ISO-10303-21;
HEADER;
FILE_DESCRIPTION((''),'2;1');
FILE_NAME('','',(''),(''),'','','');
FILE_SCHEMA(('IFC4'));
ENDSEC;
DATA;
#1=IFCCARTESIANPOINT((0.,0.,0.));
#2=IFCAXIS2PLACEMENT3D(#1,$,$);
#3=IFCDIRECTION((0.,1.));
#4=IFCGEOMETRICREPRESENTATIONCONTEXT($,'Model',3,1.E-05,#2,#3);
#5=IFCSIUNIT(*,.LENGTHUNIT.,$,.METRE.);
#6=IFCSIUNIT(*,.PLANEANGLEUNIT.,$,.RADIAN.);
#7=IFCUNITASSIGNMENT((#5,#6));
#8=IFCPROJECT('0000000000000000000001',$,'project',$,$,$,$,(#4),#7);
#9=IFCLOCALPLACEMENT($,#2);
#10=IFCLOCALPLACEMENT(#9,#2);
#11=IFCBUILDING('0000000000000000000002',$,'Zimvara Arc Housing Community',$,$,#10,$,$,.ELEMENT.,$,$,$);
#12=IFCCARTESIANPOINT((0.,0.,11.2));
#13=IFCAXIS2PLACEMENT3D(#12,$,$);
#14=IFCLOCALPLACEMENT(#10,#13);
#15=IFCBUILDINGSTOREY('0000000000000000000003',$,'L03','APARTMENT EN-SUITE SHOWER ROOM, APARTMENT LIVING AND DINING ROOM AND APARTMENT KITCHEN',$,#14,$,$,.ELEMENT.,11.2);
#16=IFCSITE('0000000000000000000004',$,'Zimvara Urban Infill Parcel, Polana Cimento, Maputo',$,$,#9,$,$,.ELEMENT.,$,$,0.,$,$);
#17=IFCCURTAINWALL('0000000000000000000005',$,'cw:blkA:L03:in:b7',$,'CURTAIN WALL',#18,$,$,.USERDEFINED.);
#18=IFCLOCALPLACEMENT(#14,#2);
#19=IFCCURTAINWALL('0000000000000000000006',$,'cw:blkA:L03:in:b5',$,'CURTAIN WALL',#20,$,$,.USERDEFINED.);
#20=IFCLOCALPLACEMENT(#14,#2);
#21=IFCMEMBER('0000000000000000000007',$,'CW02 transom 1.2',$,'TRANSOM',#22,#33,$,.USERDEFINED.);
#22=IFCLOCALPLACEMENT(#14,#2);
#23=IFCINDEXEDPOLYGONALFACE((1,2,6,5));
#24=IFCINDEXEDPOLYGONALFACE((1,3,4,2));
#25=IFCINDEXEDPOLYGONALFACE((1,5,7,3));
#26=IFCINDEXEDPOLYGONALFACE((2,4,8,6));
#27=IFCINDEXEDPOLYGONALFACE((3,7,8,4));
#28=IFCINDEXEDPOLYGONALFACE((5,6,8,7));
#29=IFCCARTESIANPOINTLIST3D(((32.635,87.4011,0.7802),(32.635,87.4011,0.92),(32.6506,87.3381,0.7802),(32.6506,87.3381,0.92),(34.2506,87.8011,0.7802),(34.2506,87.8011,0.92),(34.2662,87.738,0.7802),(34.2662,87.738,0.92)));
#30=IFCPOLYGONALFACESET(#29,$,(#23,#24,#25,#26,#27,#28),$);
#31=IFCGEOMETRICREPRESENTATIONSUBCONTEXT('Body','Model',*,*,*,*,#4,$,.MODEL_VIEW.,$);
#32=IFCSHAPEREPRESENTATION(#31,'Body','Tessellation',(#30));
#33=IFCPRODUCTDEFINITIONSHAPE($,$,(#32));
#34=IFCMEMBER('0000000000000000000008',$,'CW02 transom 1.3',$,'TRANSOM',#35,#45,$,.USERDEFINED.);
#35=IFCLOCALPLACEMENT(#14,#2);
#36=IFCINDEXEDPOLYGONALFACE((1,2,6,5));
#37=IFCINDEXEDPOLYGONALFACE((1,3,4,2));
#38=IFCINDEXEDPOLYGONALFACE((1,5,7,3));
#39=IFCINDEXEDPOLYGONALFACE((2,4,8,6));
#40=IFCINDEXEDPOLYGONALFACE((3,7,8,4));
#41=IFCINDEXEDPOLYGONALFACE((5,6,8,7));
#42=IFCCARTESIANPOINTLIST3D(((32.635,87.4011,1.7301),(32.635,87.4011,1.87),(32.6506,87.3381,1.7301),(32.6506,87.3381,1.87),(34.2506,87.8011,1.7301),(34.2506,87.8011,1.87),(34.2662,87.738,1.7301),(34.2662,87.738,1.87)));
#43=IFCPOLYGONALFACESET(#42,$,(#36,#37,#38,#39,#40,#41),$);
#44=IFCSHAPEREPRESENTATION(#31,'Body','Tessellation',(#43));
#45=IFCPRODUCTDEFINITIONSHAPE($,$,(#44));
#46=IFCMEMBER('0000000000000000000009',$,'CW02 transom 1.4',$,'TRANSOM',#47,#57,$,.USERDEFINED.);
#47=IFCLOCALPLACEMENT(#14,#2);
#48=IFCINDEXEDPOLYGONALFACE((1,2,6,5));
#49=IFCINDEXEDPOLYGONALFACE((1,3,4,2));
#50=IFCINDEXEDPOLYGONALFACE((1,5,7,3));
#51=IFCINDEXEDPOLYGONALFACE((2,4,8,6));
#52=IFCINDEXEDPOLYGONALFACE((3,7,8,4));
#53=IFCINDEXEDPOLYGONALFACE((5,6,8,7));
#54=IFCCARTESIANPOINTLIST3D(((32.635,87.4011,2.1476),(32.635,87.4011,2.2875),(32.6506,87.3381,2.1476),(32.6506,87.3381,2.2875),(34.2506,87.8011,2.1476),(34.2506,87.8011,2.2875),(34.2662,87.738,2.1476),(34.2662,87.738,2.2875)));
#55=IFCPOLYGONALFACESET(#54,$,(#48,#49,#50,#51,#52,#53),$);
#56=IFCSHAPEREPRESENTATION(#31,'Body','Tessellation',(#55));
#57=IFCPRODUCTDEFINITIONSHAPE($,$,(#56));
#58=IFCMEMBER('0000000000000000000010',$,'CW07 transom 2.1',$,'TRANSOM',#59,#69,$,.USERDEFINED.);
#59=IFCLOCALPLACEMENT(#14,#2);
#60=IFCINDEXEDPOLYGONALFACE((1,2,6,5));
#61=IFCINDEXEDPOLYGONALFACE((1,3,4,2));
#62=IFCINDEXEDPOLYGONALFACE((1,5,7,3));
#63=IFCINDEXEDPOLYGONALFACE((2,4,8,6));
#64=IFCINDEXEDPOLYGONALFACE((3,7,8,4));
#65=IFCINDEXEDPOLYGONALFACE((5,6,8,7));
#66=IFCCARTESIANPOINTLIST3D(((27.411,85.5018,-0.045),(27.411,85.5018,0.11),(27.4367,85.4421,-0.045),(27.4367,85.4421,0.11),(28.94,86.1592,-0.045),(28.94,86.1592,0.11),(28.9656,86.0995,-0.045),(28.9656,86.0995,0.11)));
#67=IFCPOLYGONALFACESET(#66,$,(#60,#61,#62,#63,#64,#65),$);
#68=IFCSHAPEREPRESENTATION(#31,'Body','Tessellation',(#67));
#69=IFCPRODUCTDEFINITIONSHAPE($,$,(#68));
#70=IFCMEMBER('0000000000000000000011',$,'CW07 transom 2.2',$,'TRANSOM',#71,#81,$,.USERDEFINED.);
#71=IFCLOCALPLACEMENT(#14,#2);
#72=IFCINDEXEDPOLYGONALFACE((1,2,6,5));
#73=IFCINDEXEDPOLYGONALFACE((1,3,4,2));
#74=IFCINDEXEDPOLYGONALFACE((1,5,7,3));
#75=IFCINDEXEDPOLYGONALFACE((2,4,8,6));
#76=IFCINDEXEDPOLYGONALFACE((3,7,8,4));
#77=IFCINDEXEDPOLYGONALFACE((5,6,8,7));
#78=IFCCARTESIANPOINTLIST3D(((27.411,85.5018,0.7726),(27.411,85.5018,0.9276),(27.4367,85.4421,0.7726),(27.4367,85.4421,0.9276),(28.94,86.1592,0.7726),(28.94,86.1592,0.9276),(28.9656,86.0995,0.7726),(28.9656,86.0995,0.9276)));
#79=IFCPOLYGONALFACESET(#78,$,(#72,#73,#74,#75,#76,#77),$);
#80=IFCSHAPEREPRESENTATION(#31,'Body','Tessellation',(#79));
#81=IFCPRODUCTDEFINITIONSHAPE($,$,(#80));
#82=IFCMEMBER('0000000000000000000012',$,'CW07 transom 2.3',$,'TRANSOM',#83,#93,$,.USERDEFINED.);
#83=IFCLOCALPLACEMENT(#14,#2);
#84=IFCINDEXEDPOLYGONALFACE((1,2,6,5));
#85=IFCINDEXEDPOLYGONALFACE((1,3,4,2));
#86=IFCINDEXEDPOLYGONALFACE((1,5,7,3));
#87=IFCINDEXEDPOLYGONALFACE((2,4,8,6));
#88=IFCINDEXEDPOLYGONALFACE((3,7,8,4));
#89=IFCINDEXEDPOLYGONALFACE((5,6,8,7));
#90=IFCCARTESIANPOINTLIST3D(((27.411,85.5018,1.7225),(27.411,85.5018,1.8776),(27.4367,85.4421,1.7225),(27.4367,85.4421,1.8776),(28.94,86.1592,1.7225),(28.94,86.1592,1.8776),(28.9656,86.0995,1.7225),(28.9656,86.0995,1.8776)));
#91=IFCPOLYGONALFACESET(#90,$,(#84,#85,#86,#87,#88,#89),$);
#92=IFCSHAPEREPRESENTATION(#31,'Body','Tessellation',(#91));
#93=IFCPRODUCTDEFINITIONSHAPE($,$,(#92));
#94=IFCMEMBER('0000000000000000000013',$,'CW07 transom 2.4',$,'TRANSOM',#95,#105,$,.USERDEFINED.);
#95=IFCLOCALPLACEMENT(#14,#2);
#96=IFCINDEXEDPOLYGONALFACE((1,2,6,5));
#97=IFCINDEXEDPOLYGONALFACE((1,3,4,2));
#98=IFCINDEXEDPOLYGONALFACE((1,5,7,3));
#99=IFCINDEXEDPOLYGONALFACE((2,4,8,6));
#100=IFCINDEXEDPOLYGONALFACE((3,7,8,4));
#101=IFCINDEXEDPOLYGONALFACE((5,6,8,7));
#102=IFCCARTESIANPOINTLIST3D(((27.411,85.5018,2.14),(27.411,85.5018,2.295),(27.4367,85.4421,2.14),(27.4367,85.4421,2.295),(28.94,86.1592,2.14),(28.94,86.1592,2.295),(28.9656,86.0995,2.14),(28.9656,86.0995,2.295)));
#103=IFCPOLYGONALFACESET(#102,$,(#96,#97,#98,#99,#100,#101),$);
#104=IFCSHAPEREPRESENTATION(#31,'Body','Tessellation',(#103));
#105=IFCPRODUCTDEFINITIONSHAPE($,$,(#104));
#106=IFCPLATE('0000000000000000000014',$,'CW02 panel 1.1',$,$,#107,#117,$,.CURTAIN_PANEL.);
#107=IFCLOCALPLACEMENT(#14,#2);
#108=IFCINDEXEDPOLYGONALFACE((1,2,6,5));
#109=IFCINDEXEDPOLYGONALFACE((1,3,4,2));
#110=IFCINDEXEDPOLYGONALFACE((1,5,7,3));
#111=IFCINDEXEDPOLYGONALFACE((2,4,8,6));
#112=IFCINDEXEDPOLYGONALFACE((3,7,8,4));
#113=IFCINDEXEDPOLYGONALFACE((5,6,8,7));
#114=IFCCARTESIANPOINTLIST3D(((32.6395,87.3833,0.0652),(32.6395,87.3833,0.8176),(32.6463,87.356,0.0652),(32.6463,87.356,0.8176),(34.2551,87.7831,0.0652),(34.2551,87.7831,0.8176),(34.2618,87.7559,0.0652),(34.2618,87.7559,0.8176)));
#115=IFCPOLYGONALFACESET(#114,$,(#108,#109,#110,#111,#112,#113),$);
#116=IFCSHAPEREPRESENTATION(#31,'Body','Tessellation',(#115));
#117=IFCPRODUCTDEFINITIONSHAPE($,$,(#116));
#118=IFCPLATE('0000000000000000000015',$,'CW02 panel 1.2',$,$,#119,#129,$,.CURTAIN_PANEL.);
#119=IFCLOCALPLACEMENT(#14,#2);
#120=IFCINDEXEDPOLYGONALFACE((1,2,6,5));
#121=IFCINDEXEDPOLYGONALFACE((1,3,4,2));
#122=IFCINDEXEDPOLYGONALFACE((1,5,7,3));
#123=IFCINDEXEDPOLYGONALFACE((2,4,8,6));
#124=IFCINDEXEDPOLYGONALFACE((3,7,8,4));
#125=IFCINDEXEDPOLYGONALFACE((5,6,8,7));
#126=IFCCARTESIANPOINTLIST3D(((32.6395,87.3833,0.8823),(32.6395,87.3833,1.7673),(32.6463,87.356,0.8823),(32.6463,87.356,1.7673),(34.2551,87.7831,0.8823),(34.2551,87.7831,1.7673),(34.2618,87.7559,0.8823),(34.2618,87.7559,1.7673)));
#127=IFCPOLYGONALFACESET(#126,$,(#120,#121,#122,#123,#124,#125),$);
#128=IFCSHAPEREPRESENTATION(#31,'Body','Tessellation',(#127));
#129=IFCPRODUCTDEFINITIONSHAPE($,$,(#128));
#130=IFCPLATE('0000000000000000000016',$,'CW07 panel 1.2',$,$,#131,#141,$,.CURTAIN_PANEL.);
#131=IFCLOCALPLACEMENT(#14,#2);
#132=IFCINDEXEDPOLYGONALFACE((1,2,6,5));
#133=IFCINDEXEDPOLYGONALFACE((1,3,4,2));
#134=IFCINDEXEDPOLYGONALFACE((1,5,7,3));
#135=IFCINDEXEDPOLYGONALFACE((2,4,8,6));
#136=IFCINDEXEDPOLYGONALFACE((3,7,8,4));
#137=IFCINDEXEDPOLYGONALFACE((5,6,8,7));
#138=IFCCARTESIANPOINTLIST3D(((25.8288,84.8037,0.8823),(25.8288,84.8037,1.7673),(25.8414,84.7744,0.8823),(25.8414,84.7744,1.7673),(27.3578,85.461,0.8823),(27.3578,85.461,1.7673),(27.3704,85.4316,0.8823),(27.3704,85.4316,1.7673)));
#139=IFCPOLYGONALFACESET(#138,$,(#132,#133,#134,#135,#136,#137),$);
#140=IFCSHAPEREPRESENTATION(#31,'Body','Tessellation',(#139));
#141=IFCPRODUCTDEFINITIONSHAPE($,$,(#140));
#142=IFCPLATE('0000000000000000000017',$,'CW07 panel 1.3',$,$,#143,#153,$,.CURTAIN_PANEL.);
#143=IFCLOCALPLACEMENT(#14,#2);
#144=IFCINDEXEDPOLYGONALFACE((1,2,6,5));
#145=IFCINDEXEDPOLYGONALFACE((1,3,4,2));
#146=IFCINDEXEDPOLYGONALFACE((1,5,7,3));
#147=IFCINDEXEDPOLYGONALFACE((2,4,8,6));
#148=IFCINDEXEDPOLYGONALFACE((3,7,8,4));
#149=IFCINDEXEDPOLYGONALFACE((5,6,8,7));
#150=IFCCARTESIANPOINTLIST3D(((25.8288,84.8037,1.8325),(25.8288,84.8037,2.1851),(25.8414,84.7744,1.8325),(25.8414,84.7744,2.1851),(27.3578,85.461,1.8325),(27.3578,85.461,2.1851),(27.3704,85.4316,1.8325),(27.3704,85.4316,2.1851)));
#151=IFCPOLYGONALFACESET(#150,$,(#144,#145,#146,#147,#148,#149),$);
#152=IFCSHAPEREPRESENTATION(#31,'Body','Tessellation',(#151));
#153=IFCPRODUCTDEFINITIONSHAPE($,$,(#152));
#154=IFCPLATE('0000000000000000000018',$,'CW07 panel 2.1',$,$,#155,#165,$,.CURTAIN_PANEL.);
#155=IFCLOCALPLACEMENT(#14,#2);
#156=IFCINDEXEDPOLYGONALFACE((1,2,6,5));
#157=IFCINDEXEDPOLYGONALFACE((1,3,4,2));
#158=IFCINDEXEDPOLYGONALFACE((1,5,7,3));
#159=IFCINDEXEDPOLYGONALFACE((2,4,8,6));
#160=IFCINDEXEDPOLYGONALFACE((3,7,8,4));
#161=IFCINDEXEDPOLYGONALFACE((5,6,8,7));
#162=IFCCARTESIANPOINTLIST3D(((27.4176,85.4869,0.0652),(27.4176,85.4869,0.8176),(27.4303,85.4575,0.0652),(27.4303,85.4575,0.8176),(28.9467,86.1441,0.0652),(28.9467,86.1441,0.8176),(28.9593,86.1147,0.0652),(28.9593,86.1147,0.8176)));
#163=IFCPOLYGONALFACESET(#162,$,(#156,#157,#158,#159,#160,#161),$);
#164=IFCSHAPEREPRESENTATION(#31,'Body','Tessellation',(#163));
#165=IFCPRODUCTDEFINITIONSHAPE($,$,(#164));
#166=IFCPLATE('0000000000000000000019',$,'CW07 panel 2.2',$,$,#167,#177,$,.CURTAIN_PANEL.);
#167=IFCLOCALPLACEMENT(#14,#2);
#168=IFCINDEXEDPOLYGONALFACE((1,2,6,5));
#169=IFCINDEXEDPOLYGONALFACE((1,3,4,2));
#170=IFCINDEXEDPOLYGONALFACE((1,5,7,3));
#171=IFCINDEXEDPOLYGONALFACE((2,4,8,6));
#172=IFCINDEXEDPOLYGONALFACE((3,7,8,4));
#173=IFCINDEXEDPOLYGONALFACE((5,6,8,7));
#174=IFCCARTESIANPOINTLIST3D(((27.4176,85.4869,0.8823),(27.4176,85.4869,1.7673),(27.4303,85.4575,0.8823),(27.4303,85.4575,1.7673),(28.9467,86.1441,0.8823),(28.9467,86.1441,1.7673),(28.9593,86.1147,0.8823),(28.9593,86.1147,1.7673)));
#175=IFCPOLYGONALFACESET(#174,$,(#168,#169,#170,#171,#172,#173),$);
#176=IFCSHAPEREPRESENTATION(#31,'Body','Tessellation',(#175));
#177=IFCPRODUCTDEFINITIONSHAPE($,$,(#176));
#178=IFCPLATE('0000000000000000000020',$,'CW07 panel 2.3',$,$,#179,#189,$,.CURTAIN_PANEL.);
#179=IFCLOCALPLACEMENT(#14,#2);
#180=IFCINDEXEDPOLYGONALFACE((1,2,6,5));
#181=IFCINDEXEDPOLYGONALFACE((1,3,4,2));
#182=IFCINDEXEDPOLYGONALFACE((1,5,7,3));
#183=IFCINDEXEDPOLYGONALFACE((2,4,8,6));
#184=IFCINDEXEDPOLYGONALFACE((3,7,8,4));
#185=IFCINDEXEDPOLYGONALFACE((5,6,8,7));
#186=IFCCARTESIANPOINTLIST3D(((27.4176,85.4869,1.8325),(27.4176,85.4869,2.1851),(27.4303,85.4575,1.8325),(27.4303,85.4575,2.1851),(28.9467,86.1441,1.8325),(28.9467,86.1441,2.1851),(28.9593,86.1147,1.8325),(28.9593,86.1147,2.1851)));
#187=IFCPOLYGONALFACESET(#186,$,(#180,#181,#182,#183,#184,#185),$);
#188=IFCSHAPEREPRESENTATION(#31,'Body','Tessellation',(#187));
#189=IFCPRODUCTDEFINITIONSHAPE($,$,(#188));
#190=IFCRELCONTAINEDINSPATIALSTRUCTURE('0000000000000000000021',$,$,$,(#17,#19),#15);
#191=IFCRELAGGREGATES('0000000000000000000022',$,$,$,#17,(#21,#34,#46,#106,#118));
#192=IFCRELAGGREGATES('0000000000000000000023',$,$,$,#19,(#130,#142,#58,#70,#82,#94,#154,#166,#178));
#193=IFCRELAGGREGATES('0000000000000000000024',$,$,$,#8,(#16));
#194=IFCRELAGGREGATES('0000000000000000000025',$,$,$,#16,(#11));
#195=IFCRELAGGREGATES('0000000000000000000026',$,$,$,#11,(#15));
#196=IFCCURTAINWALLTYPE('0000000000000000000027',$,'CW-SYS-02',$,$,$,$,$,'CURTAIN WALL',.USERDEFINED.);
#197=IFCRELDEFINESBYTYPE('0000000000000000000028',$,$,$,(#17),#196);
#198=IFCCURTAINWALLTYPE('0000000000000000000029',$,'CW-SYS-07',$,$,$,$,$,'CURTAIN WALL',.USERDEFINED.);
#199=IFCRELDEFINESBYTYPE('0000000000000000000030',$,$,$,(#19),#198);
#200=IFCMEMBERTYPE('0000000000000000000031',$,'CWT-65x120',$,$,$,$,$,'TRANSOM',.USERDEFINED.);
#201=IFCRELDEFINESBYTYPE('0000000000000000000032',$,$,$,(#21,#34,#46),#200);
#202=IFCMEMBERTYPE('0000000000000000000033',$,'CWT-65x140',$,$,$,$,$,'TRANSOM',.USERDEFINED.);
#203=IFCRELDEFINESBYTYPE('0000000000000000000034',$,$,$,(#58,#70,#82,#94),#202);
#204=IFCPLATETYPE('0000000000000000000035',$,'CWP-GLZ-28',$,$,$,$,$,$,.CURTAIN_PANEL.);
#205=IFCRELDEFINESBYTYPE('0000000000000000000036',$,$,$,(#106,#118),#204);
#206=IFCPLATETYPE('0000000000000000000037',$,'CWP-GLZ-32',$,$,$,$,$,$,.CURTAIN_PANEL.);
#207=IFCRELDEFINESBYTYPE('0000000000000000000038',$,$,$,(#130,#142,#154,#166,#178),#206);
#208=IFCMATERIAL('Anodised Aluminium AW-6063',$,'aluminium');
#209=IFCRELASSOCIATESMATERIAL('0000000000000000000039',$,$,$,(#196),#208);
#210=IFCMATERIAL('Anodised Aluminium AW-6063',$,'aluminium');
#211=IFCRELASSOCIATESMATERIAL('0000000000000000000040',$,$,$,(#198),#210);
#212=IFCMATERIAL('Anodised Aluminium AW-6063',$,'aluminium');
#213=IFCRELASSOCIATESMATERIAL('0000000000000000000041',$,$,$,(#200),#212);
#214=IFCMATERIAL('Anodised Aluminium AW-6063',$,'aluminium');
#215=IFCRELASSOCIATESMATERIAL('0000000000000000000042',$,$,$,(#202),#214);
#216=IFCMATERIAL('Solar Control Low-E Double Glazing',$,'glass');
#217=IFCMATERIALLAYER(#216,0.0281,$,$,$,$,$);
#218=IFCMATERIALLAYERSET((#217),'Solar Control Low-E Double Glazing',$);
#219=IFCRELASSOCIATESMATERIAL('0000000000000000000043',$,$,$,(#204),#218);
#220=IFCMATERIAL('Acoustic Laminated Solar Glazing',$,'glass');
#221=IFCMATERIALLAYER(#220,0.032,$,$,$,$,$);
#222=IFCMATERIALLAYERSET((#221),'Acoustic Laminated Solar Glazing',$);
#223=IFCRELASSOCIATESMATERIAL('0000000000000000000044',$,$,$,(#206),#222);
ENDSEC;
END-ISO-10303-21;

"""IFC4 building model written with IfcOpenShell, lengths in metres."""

from ifc_helpers import new_model, si_unit, direction, frame, origin, origin_2d, place, context, subcontext, project, spatial, rectangle, extrude, material, layer, layer_set, material_profile, profile_set, type_object, element, aggregate, save


model = new_model("IFC4")

# Units and contexts
model_context = context("Model", 3, precision=1e-05, world=origin(), true_north=direction((0.0, 1.0)))
body_context = subcontext(model_context, "Body", "Model", "MODEL_VIEW")
ifc_project = project(units=[si_unit("LENGTHUNIT", "METRE"), si_unit("PLANEANGLEUNIT", "RADIAN")], contexts=[model_context])

# Site, building, storey
site_placement = place(None, origin())
site = spatial("IfcSite", under=ifc_project, at=site_placement, Name="Zimvara Urban Infill Parcel, Polana Cimento, Maputo", CompositionType="ELEMENT", RefElevation=0.0)
building_placement = place(site_placement, origin())
building = spatial("IfcBuilding", under=site, at=building_placement, Name="Zimvara Arc Housing Community", CompositionType="ELEMENT")
storey_placement = place(building_placement, frame((0.0, 0.0, 11.2)))
storey = spatial("IfcBuildingStorey", under=building, at=storey_placement, Name="L03", Description="APARTMENT EN-SUITE SHOWER ROOM, APARTMENT LIVING AND DINING ROOM AND APARTMENT KITCHEN", CompositionType="ELEMENT", Elevation=11.2)

# Curtain wall
ifc_material_1 = material(Name="Anodised Aluminium AW-6063", Category="aluminium")
curtain_wall_type_1 = type_object("IfcCurtainWallType", Name="CW-SYS-02", ElementType="CURTAIN WALL", PredefinedType="USERDEFINED", material=ifc_material_1)
curtain_wall_1_placement = place(storey_placement, origin())
curtain_wall_1 = element("IfcCurtainWall", 1, at=curtain_wall_1_placement, inside=storey, type_object=curtain_wall_type_1, Name="cw:blkA:L03:in:b7", ObjectType="CURTAIN WALL", PredefinedType="USERDEFINED")

# Curtain wall
ifc_material_2 = material(Name="Anodised Aluminium AW-6063", Category="aluminium")
curtain_wall_type_2 = type_object("IfcCurtainWallType", Name="CW-SYS-07", ElementType="CURTAIN WALL", PredefinedType="USERDEFINED", material=ifc_material_2)
curtain_wall_2_placement = place(storey_placement, origin())
curtain_wall_2 = element("IfcCurtainWall", 2, at=curtain_wall_2_placement, inside=storey, type_object=curtain_wall_type_2, Name="cw:blkA:L03:in:b5", ObjectType="CURTAIN WALL", PredefinedType="USERDEFINED")

# Members
ifc_material_3 = material(Name="Anodised Aluminium AW-6063", Category="aluminium")
ifc_material_profile_1 = material_profile(ifc_material_3, rectangle(XDim=0.0649, YDim=0.1399, at=origin_2d()), Name="ALU 65x140")
ifc_profile_set_1 = profile_set([ifc_material_profile_1], Name="Anodised Aluminium AW-6063")
member_type_1 = type_object("IfcMemberType", Name="CWT-65x120", ElementType="TRANSOM", PredefinedType="USERDEFINED", material=ifc_profile_set_1)
member_1_placement = place(storey_placement, frame((32.6428, 87.3696, 0.8501), z_axis=(0.970701, 0.240291, 0.0), x_axis=(-0.240291, 0.970701, 0.0)))
member_1 = element("IfcMember", 3, at=member_1_placement, type_object=member_type_1, Name="CW02 transom 1.2", ObjectType="TRANSOM", PredefinedType="USERDEFINED", context=body_context, shape_type="SweptSolid", body=[
    extrude(rectangle(XDim=0.0649, YDim=0.1399, at=origin_2d()), origin(), (0.0, 0.0, 1.0), 1.6643),
])
member_2_placement = place(storey_placement, frame((32.6428, 87.3696, 1.8), z_axis=(0.970701, 0.240291, 0.0), x_axis=(-0.240291, 0.970701, 0.0)))
member_2 = element("IfcMember", 4, at=member_2_placement, type_object=member_type_1, Name="CW02 transom 1.3", ObjectType="TRANSOM", PredefinedType="USERDEFINED", context=body_context, shape_type="SweptSolid", body=[
    extrude(rectangle(XDim=0.0649, YDim=0.1399, at=origin_2d()), origin(), (0.0, 0.0, 1.0), 1.6643),
])
member_3_placement = place(storey_placement, frame((32.6428, 87.3696, 2.2175), z_axis=(0.970701, 0.240291, 0.0), x_axis=(-0.240291, 0.970701, 0.0)))
member_3 = element("IfcMember", 5, at=member_3_placement, type_object=member_type_1, Name="CW02 transom 1.4", ObjectType="TRANSOM", PredefinedType="USERDEFINED", context=body_context, shape_type="SweptSolid", body=[
    extrude(rectangle(XDim=0.0649, YDim=0.1399, at=origin_2d()), origin(), (0.0, 0.0, 1.0), 1.6643),
])
ifc_material_4 = material(Name="Anodised Aluminium AW-6063", Category="aluminium")
ifc_material_profile_2 = material_profile(ifc_material_4, rectangle(XDim=0.0649, YDim=0.155, at=origin_2d()), Name="ALU 65x155")
ifc_profile_set_2 = profile_set([ifc_material_profile_2], Name="Anodised Aluminium AW-6063")
member_type_2 = type_object("IfcMemberType", Name="CWT-65x140", ElementType="TRANSOM", PredefinedType="USERDEFINED", material=ifc_profile_set_2)
member_4_placement = place(storey_placement, frame((27.4238, 85.4719, 0.0325), z_axis=(0.918674, 0.395017, 0.0), x_axis=(-0.395017, 0.918674, 0.0)))
member_4 = element("IfcMember", 6, at=member_4_placement, type_object=member_type_2, Name="CW07 transom 2.1", ObjectType="TRANSOM", PredefinedType="USERDEFINED", context=body_context, shape_type="SweptSolid", body=[
    extrude(rectangle(XDim=0.0649, YDim=0.155, at=origin_2d()), origin(), (0.0, 0.0, 1.0), 1.6643),
])
member_5_placement = place(storey_placement, frame((27.4238, 85.4719, 0.8501), z_axis=(0.918674, 0.395017, 0.0), x_axis=(-0.395017, 0.918674, 0.0)))
member_5 = element("IfcMember", 7, at=member_5_placement, type_object=member_type_2, Name="CW07 transom 2.2", ObjectType="TRANSOM", PredefinedType="USERDEFINED", context=body_context, shape_type="SweptSolid", body=[
    extrude(rectangle(XDim=0.0649, YDim=0.155, at=origin_2d()), origin(), (0.0, 0.0, 1.0), 1.6643),
])
member_6_placement = place(storey_placement, frame((27.4238, 85.4719, 1.8), z_axis=(0.918674, 0.395017, 0.0), x_axis=(-0.395017, 0.918674, 0.0)))
member_6 = element("IfcMember", 8, at=member_6_placement, type_object=member_type_2, Name="CW07 transom 2.3", ObjectType="TRANSOM", PredefinedType="USERDEFINED", context=body_context, shape_type="SweptSolid", body=[
    extrude(rectangle(XDim=0.0649, YDim=0.155, at=origin_2d()), origin(), (0.0, 0.0, 1.0), 1.6643),
])
member_7_placement = place(storey_placement, frame((27.4238, 85.4719, 2.2175), z_axis=(0.918674, 0.395017, 0.0), x_axis=(-0.395017, 0.918674, 0.0)))
member_7 = element("IfcMember", 9, at=member_7_placement, type_object=member_type_2, Name="CW07 transom 2.4", ObjectType="TRANSOM", PredefinedType="USERDEFINED", context=body_context, shape_type="SweptSolid", body=[
    extrude(rectangle(XDim=0.0649, YDim=0.155, at=origin_2d()), origin(), (0.0, 0.0, 1.0), 1.6643),
])

# Plates
ifc_material_5 = material(Name="Solar Control Low-E Double Glazing", Category="glass")
ifc_layer_1 = layer(ifc_material_5, 0.0281)
ifc_layer_set_1 = layer_set([ifc_layer_1], Name="Solar Control Low-E Double Glazing")
plate_type_1 = type_object("IfcPlateType", Name="CWP-GLZ-28", PredefinedType="CURTAIN_PANEL", material=ifc_layer_set_1)
plate_1_placement = place(storey_placement, frame((33.4507, 87.5696, 0.0652), z_axis=(0.0, 0.0, 1.0), x_axis=(0.970717, 0.240228, 0.0)))
plate_1 = element("IfcPlate", 10, at=plate_1_placement, type_object=plate_type_1, Name="CW02 panel 1.1", PredefinedType="CURTAIN_PANEL", context=body_context, shape_type="SweptSolid", body=[
    extrude(rectangle(XDim=1.6643, YDim=0.0281, at=origin_2d()), origin(), (0.0, 0.0, 1.0), 0.7524),
])
plate_2_placement = place(storey_placement, frame((33.4507, 87.5696, 0.8823), z_axis=(0.0, 0.0, 1.0), x_axis=(0.970717, 0.240228, 0.0)))
plate_2 = element("IfcPlate", 11, at=plate_2_placement, type_object=plate_type_1, Name="CW02 panel 1.2", PredefinedType="CURTAIN_PANEL", context=body_context, shape_type="SweptSolid", body=[
    extrude(rectangle(XDim=1.6643, YDim=0.0281, at=origin_2d()), origin(), (0.0, 0.0, 1.0), 0.885),
])
aggregate(curtain_wall_1, [member_1, member_2, member_3, plate_1, plate_2])
ifc_material_6 = material(Name="Acoustic Laminated Solar Glazing", Category="glass")
ifc_layer_2 = layer(ifc_material_6, 0.032)
ifc_layer_set_2 = layer_set([ifc_layer_2], Name="Acoustic Laminated Solar Glazing")
plate_type_2 = type_object("IfcPlateType", Name="CWP-GLZ-32", PredefinedType="CURTAIN_PANEL", material=ifc_layer_set_2)
plate_3_placement = place(storey_placement, frame((26.5996, 85.1177, 0.8823), z_axis=(0.0, 0.0, 1.0), x_axis=(0.918722, 0.394904, 0.0)))
plate_3 = element("IfcPlate", 12, at=plate_3_placement, type_object=plate_type_2, Name="CW07 panel 1.2", PredefinedType="CURTAIN_PANEL", context=body_context, shape_type="SweptSolid", body=[
    extrude(rectangle(XDim=1.6643, YDim=0.032, at=origin_2d()), origin(), (0.0, 0.0, 1.0), 0.885),
])
plate_4_placement = place(storey_placement, frame((26.5996, 85.1177, 1.8325), z_axis=(0.0, 0.0, 1.0), x_axis=(0.918722, 0.394904, 0.0)))
plate_4 = element("IfcPlate", 13, at=plate_4_placement, type_object=plate_type_2, Name="CW07 panel 1.3", PredefinedType="CURTAIN_PANEL", context=body_context, shape_type="SweptSolid", body=[
    extrude(rectangle(XDim=1.6643, YDim=0.032, at=origin_2d()), origin(), (0.0, 0.0, 1.0), 0.3525),
])
plate_5_placement = place(storey_placement, frame((28.1885, 85.8008, 0.0652), z_axis=(0.0, 0.0, 1.0), x_axis=(0.918722, 0.394904, 0.0)))
plate_5 = element("IfcPlate", 14, at=plate_5_placement, type_object=plate_type_2, Name="CW07 panel 2.1", PredefinedType="CURTAIN_PANEL", context=body_context, shape_type="SweptSolid", body=[
    extrude(rectangle(XDim=1.6643, YDim=0.032, at=origin_2d()), origin(), (0.0, 0.0, 1.0), 0.7524),
])
plate_6_placement = place(storey_placement, frame((28.1885, 85.8008, 0.8823), z_axis=(0.0, 0.0, 1.0), x_axis=(0.918722, 0.394904, 0.0)))
plate_6 = element("IfcPlate", 15, at=plate_6_placement, type_object=plate_type_2, Name="CW07 panel 2.2", PredefinedType="CURTAIN_PANEL", context=body_context, shape_type="SweptSolid", body=[
    extrude(rectangle(XDim=1.6643, YDim=0.032, at=origin_2d()), origin(), (0.0, 0.0, 1.0), 0.885),
])
plate_7_placement = place(storey_placement, frame((28.1885, 85.8008, 1.8325), z_axis=(0.0, 0.0, 1.0), x_axis=(0.918722, 0.394904, 0.0)))
plate_7 = element("IfcPlate", 16, at=plate_7_placement, type_object=plate_type_2, Name="CW07 panel 2.3", PredefinedType="CURTAIN_PANEL", context=body_context, shape_type="SweptSolid", body=[
    extrude(rectangle(XDim=1.6643, YDim=0.032, at=origin_2d()), origin(), (0.0, 0.0, 1.0), 0.3525),
])
aggregate(curtain_wall_2, [plate_3, plate_4, member_4, member_5, member_6, member_7, plate_5, plate_6, plate_7])

save(model, "model.ifc")
